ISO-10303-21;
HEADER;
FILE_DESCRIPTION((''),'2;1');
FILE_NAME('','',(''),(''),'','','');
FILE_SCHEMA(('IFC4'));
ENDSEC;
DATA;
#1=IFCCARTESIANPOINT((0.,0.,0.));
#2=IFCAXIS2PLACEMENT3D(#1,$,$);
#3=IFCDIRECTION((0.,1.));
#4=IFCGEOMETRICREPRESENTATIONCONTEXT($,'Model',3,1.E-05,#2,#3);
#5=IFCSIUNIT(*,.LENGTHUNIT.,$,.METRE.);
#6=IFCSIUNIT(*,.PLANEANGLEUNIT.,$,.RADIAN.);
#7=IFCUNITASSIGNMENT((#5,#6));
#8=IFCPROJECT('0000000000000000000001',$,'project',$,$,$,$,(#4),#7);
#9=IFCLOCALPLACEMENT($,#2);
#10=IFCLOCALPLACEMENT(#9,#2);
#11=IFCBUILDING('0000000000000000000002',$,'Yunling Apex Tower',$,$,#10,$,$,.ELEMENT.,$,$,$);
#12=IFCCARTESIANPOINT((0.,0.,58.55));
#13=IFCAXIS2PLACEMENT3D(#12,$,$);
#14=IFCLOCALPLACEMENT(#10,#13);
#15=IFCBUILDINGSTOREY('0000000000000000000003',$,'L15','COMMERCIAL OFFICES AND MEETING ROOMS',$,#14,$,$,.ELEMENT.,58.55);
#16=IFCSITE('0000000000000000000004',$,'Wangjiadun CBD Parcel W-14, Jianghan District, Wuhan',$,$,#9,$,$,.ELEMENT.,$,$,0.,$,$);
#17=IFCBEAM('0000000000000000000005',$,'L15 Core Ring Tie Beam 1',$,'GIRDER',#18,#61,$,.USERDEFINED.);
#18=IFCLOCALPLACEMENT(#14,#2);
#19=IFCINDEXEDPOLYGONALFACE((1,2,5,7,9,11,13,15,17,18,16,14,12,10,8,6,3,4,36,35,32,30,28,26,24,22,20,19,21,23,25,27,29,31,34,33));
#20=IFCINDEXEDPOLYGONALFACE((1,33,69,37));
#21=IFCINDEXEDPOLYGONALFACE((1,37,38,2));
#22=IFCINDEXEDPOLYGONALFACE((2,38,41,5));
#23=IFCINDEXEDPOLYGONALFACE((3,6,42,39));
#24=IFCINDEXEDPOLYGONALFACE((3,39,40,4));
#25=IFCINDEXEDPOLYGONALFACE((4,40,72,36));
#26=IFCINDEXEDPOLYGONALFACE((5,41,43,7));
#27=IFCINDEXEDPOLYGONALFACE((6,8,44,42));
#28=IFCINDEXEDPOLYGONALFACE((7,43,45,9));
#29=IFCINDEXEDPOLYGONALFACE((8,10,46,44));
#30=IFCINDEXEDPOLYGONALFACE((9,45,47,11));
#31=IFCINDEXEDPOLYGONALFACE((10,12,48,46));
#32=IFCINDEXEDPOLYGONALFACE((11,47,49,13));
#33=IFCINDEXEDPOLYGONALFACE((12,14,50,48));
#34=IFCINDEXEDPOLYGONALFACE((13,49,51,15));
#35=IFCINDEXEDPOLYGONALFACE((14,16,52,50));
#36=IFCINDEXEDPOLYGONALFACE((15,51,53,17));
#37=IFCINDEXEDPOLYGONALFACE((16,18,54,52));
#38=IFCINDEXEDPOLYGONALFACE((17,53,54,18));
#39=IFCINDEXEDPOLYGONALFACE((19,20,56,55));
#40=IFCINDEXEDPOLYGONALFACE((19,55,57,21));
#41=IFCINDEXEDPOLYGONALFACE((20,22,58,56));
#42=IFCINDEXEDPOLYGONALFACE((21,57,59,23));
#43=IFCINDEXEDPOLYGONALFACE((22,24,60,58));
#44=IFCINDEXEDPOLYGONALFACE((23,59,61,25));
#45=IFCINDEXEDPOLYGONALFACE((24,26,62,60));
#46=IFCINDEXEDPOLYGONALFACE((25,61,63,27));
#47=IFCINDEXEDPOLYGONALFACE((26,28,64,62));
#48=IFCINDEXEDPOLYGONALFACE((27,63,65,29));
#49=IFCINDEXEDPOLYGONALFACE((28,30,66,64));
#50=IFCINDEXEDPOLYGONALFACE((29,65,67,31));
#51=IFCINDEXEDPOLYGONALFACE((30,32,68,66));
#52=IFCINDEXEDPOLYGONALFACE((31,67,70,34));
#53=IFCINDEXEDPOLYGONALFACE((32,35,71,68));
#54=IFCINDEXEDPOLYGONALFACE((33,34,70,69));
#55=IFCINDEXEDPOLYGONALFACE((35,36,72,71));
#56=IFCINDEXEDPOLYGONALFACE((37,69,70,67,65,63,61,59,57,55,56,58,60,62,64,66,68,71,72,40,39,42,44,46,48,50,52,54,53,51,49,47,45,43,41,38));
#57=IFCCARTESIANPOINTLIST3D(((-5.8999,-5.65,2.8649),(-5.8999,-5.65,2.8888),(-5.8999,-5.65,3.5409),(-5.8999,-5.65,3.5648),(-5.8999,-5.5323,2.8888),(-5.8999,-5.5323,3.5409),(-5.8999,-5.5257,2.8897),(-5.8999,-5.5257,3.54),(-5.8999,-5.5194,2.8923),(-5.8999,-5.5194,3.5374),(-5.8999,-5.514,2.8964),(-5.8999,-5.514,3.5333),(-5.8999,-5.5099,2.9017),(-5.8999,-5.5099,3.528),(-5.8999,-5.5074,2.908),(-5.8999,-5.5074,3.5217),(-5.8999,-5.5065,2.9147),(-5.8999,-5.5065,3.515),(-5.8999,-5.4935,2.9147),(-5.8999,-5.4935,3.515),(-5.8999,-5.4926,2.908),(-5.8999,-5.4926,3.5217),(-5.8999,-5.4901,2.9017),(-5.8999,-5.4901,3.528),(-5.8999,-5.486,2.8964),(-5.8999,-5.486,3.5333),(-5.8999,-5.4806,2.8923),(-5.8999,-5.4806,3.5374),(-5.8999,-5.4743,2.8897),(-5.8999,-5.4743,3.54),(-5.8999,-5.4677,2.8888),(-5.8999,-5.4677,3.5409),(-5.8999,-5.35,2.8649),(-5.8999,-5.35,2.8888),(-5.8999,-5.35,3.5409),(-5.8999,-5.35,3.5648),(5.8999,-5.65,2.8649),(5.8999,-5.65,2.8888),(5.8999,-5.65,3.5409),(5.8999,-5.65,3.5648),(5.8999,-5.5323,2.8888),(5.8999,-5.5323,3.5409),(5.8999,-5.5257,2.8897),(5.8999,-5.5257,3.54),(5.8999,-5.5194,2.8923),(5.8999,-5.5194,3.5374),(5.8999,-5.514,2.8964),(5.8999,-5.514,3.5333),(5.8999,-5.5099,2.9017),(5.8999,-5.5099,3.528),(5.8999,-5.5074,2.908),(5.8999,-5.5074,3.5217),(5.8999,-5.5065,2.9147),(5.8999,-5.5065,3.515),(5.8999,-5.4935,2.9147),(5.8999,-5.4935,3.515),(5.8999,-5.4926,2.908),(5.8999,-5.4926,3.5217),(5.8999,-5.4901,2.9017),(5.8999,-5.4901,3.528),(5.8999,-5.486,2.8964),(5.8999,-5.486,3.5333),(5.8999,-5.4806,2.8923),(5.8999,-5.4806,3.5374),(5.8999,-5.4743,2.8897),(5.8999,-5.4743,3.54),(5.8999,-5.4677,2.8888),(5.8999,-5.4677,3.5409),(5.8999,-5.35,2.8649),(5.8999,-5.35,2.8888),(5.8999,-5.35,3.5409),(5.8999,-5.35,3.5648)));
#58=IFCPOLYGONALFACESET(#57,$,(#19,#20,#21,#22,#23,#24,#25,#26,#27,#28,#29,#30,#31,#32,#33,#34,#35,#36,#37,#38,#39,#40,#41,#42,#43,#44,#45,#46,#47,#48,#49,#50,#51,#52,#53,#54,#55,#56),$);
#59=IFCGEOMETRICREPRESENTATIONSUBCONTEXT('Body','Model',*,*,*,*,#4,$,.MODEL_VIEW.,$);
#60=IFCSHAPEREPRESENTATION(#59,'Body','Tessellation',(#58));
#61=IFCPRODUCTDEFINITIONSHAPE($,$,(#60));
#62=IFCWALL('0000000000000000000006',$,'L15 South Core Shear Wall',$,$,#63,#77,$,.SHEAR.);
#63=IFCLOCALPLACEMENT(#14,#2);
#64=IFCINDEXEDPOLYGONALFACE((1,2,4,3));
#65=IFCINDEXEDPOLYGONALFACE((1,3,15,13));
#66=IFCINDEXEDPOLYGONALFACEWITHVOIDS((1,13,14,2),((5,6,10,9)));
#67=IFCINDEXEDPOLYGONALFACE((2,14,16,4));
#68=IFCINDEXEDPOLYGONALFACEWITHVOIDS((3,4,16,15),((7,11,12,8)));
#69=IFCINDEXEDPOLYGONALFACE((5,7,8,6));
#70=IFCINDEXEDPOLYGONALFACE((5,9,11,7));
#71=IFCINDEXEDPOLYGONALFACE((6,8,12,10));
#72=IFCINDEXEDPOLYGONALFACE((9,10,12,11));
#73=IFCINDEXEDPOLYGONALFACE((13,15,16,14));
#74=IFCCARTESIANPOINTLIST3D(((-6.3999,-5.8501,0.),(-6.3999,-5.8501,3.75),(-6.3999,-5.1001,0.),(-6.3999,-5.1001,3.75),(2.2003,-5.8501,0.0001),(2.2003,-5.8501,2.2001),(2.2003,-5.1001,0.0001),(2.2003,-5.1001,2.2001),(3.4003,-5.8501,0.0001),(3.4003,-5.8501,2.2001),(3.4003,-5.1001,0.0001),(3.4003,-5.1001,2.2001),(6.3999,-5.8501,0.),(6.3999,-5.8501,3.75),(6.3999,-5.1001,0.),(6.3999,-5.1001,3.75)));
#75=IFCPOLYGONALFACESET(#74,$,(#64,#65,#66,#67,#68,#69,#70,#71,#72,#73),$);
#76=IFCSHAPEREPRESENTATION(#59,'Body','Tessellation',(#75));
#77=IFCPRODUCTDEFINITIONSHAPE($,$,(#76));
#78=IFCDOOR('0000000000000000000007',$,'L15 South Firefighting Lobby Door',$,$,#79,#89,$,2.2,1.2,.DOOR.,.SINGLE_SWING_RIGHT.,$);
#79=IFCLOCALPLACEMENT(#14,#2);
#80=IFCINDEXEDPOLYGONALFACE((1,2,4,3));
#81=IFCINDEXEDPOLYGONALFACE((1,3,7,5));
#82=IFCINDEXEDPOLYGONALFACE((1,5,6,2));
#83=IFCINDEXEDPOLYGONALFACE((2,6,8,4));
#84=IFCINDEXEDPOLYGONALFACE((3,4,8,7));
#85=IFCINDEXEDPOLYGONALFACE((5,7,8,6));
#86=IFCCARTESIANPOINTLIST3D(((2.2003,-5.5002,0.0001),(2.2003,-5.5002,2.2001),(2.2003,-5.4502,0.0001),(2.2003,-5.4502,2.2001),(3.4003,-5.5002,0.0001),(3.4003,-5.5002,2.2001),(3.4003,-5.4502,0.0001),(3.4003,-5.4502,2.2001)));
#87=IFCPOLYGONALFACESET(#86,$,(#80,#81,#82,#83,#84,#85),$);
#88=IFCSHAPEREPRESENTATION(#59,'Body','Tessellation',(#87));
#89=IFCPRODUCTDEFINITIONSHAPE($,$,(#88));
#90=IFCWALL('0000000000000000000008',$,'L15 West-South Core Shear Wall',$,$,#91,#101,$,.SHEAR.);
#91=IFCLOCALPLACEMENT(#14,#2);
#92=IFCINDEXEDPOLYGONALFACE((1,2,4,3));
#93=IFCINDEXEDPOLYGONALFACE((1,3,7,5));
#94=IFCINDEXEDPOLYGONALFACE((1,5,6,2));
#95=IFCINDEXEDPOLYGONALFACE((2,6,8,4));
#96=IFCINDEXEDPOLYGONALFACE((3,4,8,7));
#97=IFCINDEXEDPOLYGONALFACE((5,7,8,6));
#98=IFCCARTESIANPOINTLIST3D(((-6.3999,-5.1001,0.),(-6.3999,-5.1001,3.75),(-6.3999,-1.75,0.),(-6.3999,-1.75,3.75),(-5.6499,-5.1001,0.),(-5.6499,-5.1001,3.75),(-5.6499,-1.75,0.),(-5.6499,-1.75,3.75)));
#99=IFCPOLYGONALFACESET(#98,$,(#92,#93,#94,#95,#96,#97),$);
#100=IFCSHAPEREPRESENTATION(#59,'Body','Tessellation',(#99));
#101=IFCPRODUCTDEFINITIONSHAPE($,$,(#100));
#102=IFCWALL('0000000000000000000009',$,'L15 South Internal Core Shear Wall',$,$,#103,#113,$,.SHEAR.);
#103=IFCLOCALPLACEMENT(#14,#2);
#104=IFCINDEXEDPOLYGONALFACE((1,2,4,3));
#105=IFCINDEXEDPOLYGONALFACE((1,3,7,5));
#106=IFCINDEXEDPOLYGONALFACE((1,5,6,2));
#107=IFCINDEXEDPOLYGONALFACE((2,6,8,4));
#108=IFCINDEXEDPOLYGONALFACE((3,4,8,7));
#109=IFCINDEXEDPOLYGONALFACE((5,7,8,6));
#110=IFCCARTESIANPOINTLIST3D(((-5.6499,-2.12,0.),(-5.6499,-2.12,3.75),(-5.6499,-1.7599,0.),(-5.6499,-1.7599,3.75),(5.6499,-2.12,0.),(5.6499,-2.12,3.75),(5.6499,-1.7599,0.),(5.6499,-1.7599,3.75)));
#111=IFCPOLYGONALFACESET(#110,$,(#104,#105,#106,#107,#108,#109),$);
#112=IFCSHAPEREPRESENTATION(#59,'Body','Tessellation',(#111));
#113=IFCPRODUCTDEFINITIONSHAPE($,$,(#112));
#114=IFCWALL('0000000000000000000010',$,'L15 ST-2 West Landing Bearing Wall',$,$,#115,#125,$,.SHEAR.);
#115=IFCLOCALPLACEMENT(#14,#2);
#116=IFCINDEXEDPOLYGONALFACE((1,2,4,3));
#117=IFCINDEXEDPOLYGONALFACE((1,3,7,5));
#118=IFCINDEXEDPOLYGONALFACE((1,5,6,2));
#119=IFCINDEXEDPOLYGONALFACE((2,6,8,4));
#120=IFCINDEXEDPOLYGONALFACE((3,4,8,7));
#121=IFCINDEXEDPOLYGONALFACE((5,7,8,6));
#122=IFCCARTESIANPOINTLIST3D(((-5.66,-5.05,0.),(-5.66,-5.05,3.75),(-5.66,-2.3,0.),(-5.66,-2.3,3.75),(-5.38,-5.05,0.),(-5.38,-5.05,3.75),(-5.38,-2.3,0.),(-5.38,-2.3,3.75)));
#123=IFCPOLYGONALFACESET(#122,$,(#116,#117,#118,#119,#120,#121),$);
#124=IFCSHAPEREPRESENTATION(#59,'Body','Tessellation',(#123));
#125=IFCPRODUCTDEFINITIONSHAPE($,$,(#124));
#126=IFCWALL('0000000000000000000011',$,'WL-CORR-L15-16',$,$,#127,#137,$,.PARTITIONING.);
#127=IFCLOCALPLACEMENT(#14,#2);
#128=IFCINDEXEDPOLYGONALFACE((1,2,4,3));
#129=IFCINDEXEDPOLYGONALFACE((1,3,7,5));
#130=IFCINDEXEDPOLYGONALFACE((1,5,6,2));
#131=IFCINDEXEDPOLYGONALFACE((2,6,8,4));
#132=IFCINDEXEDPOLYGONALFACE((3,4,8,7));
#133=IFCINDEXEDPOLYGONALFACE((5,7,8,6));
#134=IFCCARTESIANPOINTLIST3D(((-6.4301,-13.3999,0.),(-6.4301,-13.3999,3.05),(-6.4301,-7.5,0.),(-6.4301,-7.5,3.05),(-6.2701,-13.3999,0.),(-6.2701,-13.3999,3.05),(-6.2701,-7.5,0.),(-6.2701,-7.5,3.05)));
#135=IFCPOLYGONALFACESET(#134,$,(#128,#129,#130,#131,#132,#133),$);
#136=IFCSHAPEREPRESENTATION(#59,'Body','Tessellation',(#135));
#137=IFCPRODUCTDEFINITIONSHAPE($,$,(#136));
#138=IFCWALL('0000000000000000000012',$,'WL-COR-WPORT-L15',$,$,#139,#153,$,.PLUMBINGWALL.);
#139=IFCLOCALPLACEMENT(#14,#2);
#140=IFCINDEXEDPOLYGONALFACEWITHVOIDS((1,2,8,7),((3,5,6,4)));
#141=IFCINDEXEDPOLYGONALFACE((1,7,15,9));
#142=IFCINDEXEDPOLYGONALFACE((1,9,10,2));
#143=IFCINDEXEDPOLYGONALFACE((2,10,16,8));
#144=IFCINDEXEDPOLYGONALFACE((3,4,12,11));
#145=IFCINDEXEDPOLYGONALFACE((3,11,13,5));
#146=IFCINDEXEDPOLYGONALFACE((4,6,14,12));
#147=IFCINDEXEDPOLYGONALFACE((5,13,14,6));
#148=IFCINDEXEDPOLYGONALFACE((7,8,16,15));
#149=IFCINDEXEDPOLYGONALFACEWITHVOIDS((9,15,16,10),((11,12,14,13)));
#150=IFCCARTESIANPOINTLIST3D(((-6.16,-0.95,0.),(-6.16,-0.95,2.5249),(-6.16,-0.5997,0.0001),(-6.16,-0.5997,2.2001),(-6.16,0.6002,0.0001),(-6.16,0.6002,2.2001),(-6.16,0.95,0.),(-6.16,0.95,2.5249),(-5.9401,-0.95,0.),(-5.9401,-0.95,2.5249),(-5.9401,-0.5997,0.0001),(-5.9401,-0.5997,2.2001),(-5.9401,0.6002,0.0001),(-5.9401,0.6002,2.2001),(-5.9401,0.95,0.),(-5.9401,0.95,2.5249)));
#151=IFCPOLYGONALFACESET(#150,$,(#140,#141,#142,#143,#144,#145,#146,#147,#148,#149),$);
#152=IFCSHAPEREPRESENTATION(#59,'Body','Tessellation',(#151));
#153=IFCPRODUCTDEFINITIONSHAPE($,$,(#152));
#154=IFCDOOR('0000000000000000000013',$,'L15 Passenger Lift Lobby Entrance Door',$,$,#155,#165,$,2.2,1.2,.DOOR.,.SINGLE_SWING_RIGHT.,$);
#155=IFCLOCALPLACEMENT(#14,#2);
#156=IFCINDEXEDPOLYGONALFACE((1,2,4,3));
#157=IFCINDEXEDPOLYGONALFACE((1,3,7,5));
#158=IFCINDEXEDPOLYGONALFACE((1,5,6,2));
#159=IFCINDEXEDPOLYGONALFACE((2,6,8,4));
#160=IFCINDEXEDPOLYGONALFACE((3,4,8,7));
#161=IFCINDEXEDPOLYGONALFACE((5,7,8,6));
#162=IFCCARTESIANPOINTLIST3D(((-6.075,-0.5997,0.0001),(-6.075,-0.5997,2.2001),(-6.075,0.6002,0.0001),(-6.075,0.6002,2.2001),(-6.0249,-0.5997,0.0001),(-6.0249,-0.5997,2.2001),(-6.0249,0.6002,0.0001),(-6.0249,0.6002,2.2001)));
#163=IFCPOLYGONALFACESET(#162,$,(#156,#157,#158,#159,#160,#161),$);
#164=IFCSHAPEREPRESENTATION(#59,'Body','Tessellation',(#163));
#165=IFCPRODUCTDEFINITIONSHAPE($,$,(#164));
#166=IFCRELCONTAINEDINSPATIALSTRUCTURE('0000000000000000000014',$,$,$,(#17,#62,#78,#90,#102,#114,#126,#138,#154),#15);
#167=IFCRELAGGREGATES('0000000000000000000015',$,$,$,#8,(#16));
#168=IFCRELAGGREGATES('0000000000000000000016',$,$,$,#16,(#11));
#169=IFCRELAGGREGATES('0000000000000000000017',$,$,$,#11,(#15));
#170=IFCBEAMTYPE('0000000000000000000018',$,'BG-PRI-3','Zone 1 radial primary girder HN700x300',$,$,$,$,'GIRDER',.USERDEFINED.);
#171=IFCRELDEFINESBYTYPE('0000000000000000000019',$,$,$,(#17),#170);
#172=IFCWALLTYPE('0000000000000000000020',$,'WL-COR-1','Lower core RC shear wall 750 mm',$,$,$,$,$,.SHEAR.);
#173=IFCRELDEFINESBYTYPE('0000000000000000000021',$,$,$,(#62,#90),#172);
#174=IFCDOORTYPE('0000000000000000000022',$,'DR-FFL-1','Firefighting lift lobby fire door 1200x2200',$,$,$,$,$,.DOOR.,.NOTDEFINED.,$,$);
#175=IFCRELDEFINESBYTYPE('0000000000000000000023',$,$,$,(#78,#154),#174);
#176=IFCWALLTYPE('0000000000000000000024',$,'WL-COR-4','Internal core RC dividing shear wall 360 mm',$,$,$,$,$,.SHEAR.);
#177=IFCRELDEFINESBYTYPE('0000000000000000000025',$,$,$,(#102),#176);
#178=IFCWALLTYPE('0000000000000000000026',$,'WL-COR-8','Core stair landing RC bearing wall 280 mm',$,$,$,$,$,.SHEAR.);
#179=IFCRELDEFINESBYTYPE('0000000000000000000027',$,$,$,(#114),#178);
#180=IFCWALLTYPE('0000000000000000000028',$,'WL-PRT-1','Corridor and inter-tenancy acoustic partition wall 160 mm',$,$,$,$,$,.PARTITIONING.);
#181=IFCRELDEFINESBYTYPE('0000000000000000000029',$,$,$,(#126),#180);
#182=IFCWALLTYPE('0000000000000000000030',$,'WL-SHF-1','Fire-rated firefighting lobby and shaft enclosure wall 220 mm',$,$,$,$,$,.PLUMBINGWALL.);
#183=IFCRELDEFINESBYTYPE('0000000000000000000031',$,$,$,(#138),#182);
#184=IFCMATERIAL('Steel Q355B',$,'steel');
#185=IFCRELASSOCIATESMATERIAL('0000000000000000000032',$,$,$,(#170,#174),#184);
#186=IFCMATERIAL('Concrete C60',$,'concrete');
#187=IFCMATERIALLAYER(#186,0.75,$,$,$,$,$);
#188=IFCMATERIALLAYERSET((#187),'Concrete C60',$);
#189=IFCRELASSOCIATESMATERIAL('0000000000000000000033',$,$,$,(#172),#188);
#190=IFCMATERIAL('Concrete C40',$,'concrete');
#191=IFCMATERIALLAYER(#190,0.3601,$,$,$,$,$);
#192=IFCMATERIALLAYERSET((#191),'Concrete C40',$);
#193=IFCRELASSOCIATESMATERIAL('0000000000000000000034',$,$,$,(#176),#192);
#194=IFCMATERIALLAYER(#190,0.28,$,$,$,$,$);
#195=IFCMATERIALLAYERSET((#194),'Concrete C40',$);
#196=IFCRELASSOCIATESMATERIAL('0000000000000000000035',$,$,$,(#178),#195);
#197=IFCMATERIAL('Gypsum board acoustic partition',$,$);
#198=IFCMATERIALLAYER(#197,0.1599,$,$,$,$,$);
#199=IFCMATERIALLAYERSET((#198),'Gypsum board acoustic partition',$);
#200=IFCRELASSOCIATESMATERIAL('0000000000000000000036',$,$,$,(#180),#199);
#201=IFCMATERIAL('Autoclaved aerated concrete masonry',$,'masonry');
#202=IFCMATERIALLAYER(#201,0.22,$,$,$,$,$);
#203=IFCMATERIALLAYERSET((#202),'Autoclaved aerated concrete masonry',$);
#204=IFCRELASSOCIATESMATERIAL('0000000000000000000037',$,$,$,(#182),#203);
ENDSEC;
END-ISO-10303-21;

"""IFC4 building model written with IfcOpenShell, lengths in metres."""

from ifc_helpers import new_model, si_unit, direction, frame, frame_2d, origin, origin_2d, place, context, subcontext, project, spatial, rectangle, i_section, extrude, source, transform, mapped, material, layer, layer_set, material_profile, profile_set, type_object, element, fill, save


model = new_model("IFC4")

# Units and contexts
model_context = context("Model", 3, precision=1e-05, world=origin(), true_north=direction((0.0, 1.0)))
body_context = subcontext(model_context, "Body", "Model", "MODEL_VIEW")
ifc_project = project(units=[si_unit("LENGTHUNIT", "METRE"), si_unit("PLANEANGLEUNIT", "RADIAN")], contexts=[model_context])

# Site, building, storey
site_placement = place(None, origin())
site = spatial("IfcSite", under=ifc_project, at=site_placement, Name="Wangjiadun CBD Parcel W-14, Jianghan District, Wuhan", CompositionType="ELEMENT", RefElevation=0.0)
building_placement = place(site_placement, origin())
building = spatial("IfcBuilding", under=site, at=building_placement, Name="Yunling Apex Tower", CompositionType="ELEMENT")
storey_placement = place(building_placement, frame((0.0, 0.0, 58.55)))
storey = spatial("IfcBuildingStorey", under=building, at=storey_placement, Name="L15", Description="COMMERCIAL OFFICES AND MEETING ROOMS", CompositionType="ELEMENT", Elevation=58.55)

# Shared definitions
ifc_material_1 = material(Name="Concrete C60", Category="concrete")

# Beam
ifc_material_2 = material(Name="Steel Q355B", Category="steel")
ifc_material_profile_1 = material_profile(ifc_material_2, i_section(OverallWidth=0.3, OverallDepth=0.7, WebThickness=0.0129, FlangeThickness=0.0239, FilletRadius=0.0259, at=origin_2d()))
ifc_profile_set_1 = profile_set([ifc_material_profile_1], Name="Steel Q355B")
beam_type_1 = type_object("IfcBeamType", Name="BG-PRI-3", Description="Zone 1 radial primary girder HN700x300", ElementType="GIRDER", PredefinedType="USERDEFINED", material=ifc_profile_set_1)
shared_shape_1 = source(origin(), body_context, "Body", "SweptSolid", [
    extrude(i_section(OverallWidth=0.3, OverallDepth=0.7, WebThickness=0.0129, FlangeThickness=0.0239, FilletRadius=0.0259, at=origin_2d()), origin(), (0.0, 0.0, 1.0), 11.7998),
])
beam_1_placement = place(storey_placement, frame((-5.8999, -5.5, 3.2148), z_axis=(1.0, 0.0, 0.0), x_axis=(0.0, 1.0, 0.0)))
element("IfcBeam", 1, at=beam_1_placement, inside=storey, type_object=beam_type_1, Name="L15 Core Ring Tie Beam 1", ObjectType="GIRDER", PredefinedType="USERDEFINED", context=body_context, shape_type="MappedRepresentation", body=[
    mapped(shared_shape_1, transform((0.0, 0.0, 0.0), scale=1.0)),
])

# Wall, opening, door
ifc_layer_1 = layer(ifc_material_1, 0.75)
ifc_layer_set_1 = layer_set([ifc_layer_1], Name="Concrete C60")
wall_type_1 = type_object("IfcWallType", Name="WL-COR-1", Description="Lower core RC shear wall 750 mm", PredefinedType="SHEAR", material=ifc_layer_set_1)
wall_1_placement = place(storey_placement, frame((-6.3999, -5.4751, 0.0), z_axis=(0.0, 0.0, 1.0), x_axis=(1.0, 0.0, 0.0)))
wall_1 = element("IfcWall", 2, at=wall_1_placement, inside=storey, type_object=wall_type_1, Name="L15 South Core Shear Wall", PredefinedType="SHEAR", context=body_context, shape_type="SweptSolid", body=[
    extrude(rectangle(XDim=12.7998, YDim=0.75, at=frame_2d((6.3999, 0.0))), origin(), (0.0, 0.0, 1.0), 3.75),
])
opening_1_placement = place(wall_1_placement, frame((8.6001, 0.0, 0.0)))
opening_1 = element("IfcOpeningElement", 3, at=opening_1_placement, cuts=wall_1, PredefinedType="OPENING", context=body_context, shape_type="SweptSolid", body=[
    extrude(rectangle(XDim=1.2, YDim=2.2, at=frame_2d((0.6001, 1.1001))), frame((0.0, 0.385, 0.0), z_axis=(0.0, -1.0, 0.0), x_axis=(1.0, 0.0, 0.0)), (0.0, 0.0, 1.0), 0.77),
])
door_type_1 = type_object("IfcDoorType", Name="DR-FFL-1", Description="Firefighting lift lobby fire door 1200x2200", OperationType="NOTDEFINED", PredefinedType="DOOR", material=ifc_material_2)
door_1_placement = place(opening_1_placement, origin())
door_1 = element("IfcDoor", 4, at=door_1_placement, inside=storey, type_object=door_type_1, Name="L15 South Firefighting Lobby Door", OperationType="SINGLE_SWING_RIGHT", OverallHeight=2.2, OverallWidth=1.2, PredefinedType="DOOR", context=body_context, shape_type="SweptSolid", body=[
    extrude(rectangle(XDim=1.2, YDim=2.2, at=frame_2d((0.6001, 1.1001))), frame((0.0, 0.0249, 0.0), z_axis=(0.0, -1.0, 0.0), x_axis=(1.0, 0.0, 0.0)), (0.0, 0.0, 1.0), 0.05),
])
fill(opening_1, door_1)

# Walls
wall_2_placement = place(storey_placement, frame((-6.0249, -5.1001, 0.0), z_axis=(0.0, 0.0, 1.0), x_axis=(0.0, 1.0, 0.0)))
element("IfcWall", 5, at=wall_2_placement, inside=storey, type_object=wall_type_1, Name="L15 West-South Core Shear Wall", PredefinedType="SHEAR", context=body_context, shape_type="SweptSolid", body=[
    extrude(rectangle(XDim=3.3501, YDim=0.75, at=frame_2d((1.675, 0.0))), origin(), (0.0, 0.0, 1.0), 3.75),
])
ifc_material_3 = material(Name="Concrete C40", Category="concrete")
ifc_layer_2 = layer(ifc_material_3, 0.3601)
ifc_layer_set_2 = layer_set([ifc_layer_2], Name="Concrete C40")
wall_type_2 = type_object("IfcWallType", Name="WL-COR-4", Description="Internal core RC dividing shear wall 360 mm", PredefinedType="SHEAR", material=ifc_layer_set_2)
wall_3_placement = place(storey_placement, frame((-5.6499, -1.9399, 0.0), z_axis=(0.0, 0.0, 1.0), x_axis=(1.0, 0.0, 0.0)))
element("IfcWall", 6, at=wall_3_placement, inside=storey, type_object=wall_type_2, Name="L15 South Internal Core Shear Wall", PredefinedType="SHEAR", context=body_context, shape_type="SweptSolid", body=[
    extrude(rectangle(XDim=11.2998, YDim=0.3601, at=frame_2d((5.6499, 0.0))), origin(), (0.0, 0.0, 1.0), 3.75),
])
ifc_layer_3 = layer(ifc_material_3, 0.28)
ifc_layer_set_3 = layer_set([ifc_layer_3], Name="Concrete C40")
wall_type_3 = type_object("IfcWallType", Name="WL-COR-8", Description="Core stair landing RC bearing wall 280 mm", PredefinedType="SHEAR", material=ifc_layer_set_3)
wall_4_placement = place(storey_placement, frame((-5.52, -5.05, 0.0), z_axis=(0.0, 0.0, 1.0), x_axis=(0.0, 1.0, 0.0)))
element("IfcWall", 7, at=wall_4_placement, inside=storey, type_object=wall_type_3, Name="L15 ST-2 West Landing Bearing Wall", PredefinedType="SHEAR", context=body_context, shape_type="SweptSolid", body=[
    extrude(rectangle(XDim=2.75, YDim=0.28, at=frame_2d((1.375, 0.0))), origin(), (0.0, 0.0, 1.0), 3.75),
])
ifc_material_4 = material(Name="Gypsum board acoustic partition")
ifc_layer_4 = layer(ifc_material_4, 0.1599)
ifc_layer_set_4 = layer_set([ifc_layer_4], Name="Gypsum board acoustic partition")
wall_type_4 = type_object("IfcWallType", Name="WL-PRT-1", Description="Corridor and inter-tenancy acoustic partition wall 160 mm", PredefinedType="PARTITIONING", material=ifc_layer_set_4)
wall_5_placement = place(storey_placement, frame((-6.3501, -7.5, 0.0), z_axis=(0.0, 0.0, 1.0), x_axis=(0.0, -1.0, 0.0)))
element("IfcWall", 8, at=wall_5_placement, inside=storey, type_object=wall_type_4, Name="WL-CORR-L15-16", PredefinedType="PARTITIONING", context=body_context, shape_type="SweptSolid", body=[
    extrude(rectangle(XDim=5.8999, YDim=0.1599, at=frame_2d((2.95, 0.0))), origin(), (0.0, 0.0, 1.0), 3.05),
])

# Wall, opening, door
ifc_material_5 = material(Name="Autoclaved aerated concrete masonry", Category="masonry")
ifc_layer_5 = layer(ifc_material_5, 0.22)
ifc_layer_set_5 = layer_set([ifc_layer_5], Name="Autoclaved aerated concrete masonry")
wall_type_5 = type_object("IfcWallType", Name="WL-SHF-1", Description="Fire-rated firefighting lobby and shaft enclosure wall 220 mm", PredefinedType="PLUMBINGWALL", material=ifc_layer_set_5)
wall_6_placement = place(storey_placement, frame((-6.05, -0.95, 0.0), z_axis=(0.0, 0.0, 1.0), x_axis=(0.0, 1.0, 0.0)))
wall_6 = element("IfcWall", 9, at=wall_6_placement, inside=storey, type_object=wall_type_5, Name="WL-COR-WPORT-L15", PredefinedType="PLUMBINGWALL", context=body_context, shape_type="SweptSolid", body=[
    extrude(rectangle(XDim=1.8999, YDim=0.22, at=frame_2d((0.95, 0.0))), origin(), (0.0, 0.0, 1.0), 2.5249),
])
opening_2_placement = place(wall_6_placement, frame((0.3501, 0.0, 0.0)))
opening_2 = element("IfcOpeningElement", 10, at=opening_2_placement, cuts=wall_6, PredefinedType="OPENING", context=body_context, shape_type="SweptSolid", body=[
    extrude(rectangle(XDim=1.2, YDim=2.2, at=frame_2d((0.6001, 1.1001))), frame((0.0, 0.1201, 0.0), z_axis=(0.0, -1.0, 0.0), x_axis=(1.0, 0.0, 0.0)), (0.0, 0.0, 1.0), 0.24),
])
door_2_placement = place(opening_2_placement, origin())
door_2 = element("IfcDoor", 11, at=door_2_placement, inside=storey, type_object=door_type_1, Name="L15 Passenger Lift Lobby Entrance Door", OperationType="SINGLE_SWING_RIGHT", OverallHeight=2.2, OverallWidth=1.2, PredefinedType="DOOR", context=body_context, shape_type="SweptSolid", body=[
    extrude(rectangle(XDim=1.2, YDim=2.2, at=frame_2d((0.6001, 1.1001))), frame((0.0, 0.0249, 0.0), z_axis=(0.0, -1.0, 0.0), x_axis=(1.0, 0.0, 0.0)), (0.0, 0.0, 1.0), 0.05),
])
fill(opening_2, door_2)

save(model, "model.ifc")
